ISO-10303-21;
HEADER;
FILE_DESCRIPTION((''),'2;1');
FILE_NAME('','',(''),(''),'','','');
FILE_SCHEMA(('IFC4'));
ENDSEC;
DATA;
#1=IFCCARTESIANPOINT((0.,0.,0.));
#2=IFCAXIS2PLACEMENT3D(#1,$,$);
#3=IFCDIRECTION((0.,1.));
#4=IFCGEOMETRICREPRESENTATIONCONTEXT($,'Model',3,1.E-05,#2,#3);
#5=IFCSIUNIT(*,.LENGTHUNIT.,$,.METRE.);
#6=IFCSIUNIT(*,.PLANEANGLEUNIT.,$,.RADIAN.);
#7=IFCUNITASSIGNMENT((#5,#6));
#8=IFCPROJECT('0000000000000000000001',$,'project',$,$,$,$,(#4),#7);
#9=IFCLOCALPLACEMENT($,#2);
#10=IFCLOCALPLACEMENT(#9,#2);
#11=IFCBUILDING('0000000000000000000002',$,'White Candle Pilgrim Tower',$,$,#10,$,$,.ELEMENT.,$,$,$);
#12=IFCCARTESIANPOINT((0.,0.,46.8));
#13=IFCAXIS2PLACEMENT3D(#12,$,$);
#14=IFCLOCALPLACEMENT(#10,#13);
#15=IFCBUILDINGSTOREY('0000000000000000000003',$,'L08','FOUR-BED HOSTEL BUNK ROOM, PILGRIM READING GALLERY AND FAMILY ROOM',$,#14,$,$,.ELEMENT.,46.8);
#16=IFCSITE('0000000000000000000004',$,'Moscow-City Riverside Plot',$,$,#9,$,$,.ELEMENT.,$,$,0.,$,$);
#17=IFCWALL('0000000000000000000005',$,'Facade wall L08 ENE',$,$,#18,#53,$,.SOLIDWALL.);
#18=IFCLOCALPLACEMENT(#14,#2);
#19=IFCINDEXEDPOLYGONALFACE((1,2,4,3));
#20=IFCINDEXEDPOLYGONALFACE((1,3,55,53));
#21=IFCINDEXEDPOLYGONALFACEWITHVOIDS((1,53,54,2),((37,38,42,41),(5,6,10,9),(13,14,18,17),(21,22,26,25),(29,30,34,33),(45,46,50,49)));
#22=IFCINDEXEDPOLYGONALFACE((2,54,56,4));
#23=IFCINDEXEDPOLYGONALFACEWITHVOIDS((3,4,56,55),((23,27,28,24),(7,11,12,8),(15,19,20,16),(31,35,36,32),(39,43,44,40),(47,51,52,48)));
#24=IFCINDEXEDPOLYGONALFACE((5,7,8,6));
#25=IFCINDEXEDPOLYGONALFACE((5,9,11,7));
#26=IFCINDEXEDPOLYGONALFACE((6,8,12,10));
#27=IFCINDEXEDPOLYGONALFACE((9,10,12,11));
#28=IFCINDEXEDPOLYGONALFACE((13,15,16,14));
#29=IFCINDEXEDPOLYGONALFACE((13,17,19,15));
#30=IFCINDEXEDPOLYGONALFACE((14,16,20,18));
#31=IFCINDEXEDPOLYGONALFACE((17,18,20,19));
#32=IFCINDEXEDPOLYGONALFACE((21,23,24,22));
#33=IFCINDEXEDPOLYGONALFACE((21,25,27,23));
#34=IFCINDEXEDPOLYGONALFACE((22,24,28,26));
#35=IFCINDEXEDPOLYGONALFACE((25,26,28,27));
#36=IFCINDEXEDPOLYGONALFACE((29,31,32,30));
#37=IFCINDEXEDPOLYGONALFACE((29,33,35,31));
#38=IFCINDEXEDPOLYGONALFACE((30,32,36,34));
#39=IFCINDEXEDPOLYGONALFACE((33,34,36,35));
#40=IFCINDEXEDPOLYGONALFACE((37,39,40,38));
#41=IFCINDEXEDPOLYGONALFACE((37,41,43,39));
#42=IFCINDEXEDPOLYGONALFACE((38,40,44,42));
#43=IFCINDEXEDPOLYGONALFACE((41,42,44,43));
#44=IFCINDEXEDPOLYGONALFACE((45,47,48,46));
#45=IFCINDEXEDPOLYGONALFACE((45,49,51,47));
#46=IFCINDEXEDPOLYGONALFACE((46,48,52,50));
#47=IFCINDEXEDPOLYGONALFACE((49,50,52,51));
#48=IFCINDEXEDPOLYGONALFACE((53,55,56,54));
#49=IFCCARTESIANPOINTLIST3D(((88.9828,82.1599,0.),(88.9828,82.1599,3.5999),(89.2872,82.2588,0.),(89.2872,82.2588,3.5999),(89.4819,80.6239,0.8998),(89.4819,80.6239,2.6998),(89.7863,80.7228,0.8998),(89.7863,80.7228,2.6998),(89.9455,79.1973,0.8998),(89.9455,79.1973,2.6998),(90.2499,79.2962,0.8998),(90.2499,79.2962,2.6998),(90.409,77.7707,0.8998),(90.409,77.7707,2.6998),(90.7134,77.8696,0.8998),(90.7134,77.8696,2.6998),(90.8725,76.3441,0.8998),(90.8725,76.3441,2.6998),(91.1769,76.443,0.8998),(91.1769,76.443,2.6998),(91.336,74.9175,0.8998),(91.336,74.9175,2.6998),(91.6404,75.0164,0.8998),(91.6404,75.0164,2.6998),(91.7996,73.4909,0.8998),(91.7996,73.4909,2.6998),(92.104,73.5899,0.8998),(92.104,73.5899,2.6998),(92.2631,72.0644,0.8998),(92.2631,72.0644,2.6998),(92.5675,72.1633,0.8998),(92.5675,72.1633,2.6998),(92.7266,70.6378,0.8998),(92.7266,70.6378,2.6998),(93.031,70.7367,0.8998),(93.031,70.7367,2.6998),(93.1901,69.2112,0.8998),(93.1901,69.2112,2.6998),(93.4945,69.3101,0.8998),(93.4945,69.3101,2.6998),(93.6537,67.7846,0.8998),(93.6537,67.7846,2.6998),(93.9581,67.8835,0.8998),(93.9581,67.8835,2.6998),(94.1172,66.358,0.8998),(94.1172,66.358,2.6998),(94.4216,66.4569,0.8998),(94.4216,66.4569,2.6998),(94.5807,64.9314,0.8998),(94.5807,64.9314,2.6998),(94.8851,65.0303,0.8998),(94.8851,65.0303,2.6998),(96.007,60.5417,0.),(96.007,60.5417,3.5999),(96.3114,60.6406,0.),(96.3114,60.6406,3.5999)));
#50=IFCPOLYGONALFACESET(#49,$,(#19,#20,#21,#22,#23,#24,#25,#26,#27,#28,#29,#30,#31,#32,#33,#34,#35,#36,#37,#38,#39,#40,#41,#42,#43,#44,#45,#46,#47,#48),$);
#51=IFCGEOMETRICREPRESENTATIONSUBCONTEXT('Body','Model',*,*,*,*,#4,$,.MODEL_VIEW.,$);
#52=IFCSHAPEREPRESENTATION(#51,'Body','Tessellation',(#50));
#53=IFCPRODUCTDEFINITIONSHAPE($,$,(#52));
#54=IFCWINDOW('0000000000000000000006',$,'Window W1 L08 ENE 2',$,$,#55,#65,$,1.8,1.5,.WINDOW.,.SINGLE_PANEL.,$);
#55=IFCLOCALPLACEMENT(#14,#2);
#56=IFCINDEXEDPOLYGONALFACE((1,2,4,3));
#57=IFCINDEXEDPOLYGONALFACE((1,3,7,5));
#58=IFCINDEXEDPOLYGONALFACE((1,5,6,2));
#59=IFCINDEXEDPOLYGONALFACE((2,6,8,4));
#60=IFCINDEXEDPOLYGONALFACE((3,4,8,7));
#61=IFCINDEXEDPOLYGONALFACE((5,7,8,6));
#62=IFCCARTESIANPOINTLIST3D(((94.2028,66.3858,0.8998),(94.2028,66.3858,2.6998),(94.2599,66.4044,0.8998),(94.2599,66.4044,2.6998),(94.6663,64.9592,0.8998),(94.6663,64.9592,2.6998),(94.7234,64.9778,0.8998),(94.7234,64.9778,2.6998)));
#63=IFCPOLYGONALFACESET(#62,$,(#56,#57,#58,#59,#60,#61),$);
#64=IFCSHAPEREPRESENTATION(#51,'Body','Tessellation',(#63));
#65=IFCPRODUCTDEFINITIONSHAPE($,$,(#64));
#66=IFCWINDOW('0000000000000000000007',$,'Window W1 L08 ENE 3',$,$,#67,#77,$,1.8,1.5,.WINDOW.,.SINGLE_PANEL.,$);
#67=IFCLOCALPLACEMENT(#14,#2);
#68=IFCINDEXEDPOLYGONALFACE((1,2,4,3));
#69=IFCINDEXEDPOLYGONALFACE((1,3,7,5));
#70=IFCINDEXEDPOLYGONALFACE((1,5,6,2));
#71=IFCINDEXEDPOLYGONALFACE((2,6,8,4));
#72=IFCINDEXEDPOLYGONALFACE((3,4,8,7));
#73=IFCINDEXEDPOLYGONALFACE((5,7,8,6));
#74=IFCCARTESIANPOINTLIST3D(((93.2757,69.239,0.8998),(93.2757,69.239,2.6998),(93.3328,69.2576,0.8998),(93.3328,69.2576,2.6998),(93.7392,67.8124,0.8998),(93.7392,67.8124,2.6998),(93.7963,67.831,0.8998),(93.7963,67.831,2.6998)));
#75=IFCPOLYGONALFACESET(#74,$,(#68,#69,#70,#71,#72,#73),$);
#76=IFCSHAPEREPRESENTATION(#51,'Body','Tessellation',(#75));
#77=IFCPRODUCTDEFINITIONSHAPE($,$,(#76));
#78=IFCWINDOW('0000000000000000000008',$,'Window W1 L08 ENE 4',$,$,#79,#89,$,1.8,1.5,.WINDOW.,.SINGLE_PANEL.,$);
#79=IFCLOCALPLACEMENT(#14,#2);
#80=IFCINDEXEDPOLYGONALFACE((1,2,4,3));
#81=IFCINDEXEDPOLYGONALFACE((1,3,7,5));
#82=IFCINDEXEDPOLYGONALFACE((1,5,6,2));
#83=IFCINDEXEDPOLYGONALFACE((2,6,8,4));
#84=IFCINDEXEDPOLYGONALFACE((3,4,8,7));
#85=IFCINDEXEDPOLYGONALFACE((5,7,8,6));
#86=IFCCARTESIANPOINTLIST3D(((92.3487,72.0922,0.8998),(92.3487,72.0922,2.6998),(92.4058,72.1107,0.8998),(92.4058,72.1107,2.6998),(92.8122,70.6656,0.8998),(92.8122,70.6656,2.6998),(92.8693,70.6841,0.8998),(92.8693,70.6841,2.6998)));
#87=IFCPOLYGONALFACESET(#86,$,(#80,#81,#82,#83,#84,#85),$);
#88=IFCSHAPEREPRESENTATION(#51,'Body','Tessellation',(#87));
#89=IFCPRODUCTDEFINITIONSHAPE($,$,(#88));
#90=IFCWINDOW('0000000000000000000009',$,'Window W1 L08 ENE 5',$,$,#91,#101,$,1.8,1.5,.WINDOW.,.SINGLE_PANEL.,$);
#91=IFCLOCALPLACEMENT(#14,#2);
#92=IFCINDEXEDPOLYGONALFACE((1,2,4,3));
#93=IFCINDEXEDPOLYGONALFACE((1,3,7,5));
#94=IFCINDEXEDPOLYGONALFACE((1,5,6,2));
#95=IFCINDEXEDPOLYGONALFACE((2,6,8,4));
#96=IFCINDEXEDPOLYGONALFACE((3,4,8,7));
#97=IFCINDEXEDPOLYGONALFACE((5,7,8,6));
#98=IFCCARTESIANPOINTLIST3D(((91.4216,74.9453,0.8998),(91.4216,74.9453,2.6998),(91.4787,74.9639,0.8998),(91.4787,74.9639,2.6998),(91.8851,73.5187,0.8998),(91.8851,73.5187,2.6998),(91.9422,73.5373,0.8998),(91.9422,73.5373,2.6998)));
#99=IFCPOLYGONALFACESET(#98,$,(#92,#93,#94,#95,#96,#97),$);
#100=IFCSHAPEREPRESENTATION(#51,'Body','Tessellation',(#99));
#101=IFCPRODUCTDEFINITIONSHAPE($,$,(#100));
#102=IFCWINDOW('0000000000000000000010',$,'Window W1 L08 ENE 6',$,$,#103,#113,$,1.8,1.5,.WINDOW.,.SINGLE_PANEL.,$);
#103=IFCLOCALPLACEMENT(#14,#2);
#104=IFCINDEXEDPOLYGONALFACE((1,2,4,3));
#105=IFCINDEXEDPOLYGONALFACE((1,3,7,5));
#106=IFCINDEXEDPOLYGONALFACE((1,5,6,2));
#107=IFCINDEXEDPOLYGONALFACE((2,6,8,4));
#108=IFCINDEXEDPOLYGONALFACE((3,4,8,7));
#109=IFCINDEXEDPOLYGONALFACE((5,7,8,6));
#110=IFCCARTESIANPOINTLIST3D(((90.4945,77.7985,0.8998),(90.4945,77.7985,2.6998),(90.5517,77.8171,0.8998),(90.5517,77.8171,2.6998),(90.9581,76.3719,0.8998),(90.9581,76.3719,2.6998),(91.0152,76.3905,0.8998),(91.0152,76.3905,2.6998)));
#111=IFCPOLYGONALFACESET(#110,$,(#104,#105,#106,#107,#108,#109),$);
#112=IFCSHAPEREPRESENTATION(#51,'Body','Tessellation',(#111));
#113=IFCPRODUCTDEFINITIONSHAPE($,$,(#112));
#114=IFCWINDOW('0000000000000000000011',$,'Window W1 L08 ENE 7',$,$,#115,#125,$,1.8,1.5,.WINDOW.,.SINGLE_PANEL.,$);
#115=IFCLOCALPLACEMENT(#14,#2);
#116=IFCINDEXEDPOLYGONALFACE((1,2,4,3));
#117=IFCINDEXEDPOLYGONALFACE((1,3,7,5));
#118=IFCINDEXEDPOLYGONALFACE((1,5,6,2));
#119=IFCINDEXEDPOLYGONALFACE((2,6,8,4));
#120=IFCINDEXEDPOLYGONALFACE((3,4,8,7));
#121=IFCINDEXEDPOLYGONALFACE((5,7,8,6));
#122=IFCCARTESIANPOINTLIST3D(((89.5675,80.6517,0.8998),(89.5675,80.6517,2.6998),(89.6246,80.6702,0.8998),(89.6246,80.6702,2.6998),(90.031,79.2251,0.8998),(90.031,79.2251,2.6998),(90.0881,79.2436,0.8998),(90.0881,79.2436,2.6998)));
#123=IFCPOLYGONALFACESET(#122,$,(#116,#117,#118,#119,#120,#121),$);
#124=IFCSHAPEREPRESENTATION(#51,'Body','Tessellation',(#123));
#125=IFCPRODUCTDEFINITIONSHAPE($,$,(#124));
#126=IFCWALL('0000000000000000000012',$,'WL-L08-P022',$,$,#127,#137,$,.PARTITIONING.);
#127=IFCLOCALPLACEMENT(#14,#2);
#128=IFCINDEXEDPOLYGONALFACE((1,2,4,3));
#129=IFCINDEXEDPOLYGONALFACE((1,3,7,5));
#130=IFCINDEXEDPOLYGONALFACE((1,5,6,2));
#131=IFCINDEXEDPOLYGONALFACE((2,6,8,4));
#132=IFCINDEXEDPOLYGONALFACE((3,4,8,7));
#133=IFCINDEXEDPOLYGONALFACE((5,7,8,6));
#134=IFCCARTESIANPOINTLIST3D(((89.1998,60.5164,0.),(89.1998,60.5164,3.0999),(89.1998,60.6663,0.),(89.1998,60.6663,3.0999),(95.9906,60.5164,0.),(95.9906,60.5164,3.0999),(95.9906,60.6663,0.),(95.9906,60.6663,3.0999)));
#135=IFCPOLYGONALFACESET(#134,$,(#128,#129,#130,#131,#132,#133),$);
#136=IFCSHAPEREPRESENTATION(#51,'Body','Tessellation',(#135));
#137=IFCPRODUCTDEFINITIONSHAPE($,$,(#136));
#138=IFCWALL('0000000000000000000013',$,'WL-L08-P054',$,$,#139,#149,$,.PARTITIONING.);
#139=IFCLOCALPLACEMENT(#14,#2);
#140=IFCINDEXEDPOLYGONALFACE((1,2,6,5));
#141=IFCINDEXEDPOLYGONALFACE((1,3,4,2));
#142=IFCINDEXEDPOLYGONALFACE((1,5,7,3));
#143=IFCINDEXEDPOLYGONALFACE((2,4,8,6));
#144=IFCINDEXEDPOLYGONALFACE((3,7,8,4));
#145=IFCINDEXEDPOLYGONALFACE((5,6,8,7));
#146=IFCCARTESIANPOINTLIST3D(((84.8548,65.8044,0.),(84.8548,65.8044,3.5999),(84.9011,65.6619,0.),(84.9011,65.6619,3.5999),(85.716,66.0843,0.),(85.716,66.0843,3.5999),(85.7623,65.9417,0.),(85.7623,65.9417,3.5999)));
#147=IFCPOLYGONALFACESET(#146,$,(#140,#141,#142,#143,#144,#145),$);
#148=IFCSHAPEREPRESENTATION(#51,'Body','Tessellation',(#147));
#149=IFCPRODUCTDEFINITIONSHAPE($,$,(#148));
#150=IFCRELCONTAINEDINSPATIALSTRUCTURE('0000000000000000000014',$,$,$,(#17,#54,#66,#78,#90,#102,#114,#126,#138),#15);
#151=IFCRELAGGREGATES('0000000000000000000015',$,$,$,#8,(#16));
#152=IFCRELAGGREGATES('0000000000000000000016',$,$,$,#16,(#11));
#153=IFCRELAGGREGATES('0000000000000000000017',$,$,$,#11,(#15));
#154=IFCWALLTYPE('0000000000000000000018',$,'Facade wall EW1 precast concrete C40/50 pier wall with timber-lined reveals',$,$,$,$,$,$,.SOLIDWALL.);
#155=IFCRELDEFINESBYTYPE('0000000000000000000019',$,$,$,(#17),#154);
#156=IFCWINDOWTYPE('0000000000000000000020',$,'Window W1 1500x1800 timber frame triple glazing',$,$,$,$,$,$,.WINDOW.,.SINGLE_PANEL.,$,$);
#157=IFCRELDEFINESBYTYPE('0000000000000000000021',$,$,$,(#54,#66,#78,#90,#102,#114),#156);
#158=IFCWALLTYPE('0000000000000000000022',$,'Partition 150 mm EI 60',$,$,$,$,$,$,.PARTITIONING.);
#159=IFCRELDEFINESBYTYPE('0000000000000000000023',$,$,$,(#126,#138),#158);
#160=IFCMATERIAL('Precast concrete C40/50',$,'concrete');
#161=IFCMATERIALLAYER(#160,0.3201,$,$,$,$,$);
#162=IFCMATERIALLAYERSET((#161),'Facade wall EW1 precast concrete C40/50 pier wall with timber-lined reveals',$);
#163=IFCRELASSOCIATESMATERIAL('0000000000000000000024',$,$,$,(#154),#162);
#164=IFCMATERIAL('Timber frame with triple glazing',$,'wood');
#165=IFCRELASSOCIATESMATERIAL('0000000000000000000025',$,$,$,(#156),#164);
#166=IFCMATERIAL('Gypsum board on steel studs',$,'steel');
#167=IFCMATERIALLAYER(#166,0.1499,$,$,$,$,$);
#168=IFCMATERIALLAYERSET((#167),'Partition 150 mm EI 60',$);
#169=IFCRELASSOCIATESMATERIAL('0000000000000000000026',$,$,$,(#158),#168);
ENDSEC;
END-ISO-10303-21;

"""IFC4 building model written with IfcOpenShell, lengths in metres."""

from ifc_helpers import new_model, si_unit, direction, frame, frame_2d, origin, place, context, subcontext, project, spatial, rectangle, extrude, material, layer, layer_set, type_object, element, fill, save


model = new_model("IFC4")

# Units and contexts
model_context = context("Model", 3, precision=1e-05, world=origin(), true_north=direction((0.0, 1.0)))
body_context = subcontext(model_context, "Body", "Model", "MODEL_VIEW")
ifc_project = project(units=[si_unit("LENGTHUNIT", "METRE"), si_unit("PLANEANGLEUNIT", "RADIAN")], contexts=[model_context])

# Site, building, storey
site_placement = place(None, origin())
site = spatial("IfcSite", under=ifc_project, at=site_placement, Name="Moscow-City Riverside Plot", CompositionType="ELEMENT", RefElevation=0.0)
building_placement = place(site_placement, origin())
building = spatial("IfcBuilding", under=site, at=building_placement, Name="White Candle Pilgrim Tower", CompositionType="ELEMENT")
storey_placement = place(building_placement, frame((0.0, 0.0, 46.8)))
storey = spatial("IfcBuildingStorey", under=building, at=storey_placement, Name="L08", Description="FOUR-BED HOSTEL BUNK ROOM, PILGRIM READING GALLERY AND FAMILY ROOM", CompositionType="ELEMENT", Elevation=46.8)

# Shared definitions
ifc_material_1 = material(Name="Gypsum board on steel studs", Category="steel")

# Wall, openings, windows
ifc_material_2 = material(Name="Precast concrete C40/50", Category="concrete")
ifc_layer_1 = layer(ifc_material_2, 0.3201)
ifc_layer_set_1 = layer_set([ifc_layer_1], Name="Facade wall EW1 precast concrete C40/50 pier wall with timber-lined reveals")
wall_type_1 = type_object("IfcWallType", Name="Facade wall EW1 precast concrete C40/50 pier wall with timber-lined reveals", PredefinedType="SOLIDWALL", material=ifc_layer_set_1)
wall_1_placement = place(storey_placement, frame((96.1592, 60.5913, 0.0), z_axis=(0.0, 0.0, 1.0), x_axis=(-0.309017, 0.951056, 0.0)))
wall_1 = element("IfcWall", 1, at=wall_1_placement, inside=storey, type_object=wall_type_1, Name="Facade wall L08 ENE", PredefinedType="SOLIDWALL", context=body_context, shape_type="SweptSolid", body=[
    extrude(rectangle(XDim=22.7307, YDim=0.3201, at=frame_2d((11.3652, 0.0))), origin(), (0.0, 0.0, 1.0), 3.5999),
])
opening_1_placement = place(wall_1_placement, frame((4.6155, 0.0, 0.8999)))
opening_1 = element("IfcOpeningElement", 2, at=opening_1_placement, cuts=wall_1, PredefinedType="OPENING", context=body_context, shape_type="SweptSolid", body=[
    extrude(rectangle(XDim=1.5, YDim=1.8, at=frame_2d((0.75, 0.8999))), frame((0.0, 0.1699, 0.0), z_axis=(0.0, -1.0, 0.0), x_axis=(1.0, 0.0, 0.0)), (0.0, 0.0, 1.0), 0.3401),
])
opening_2_placement = place(wall_1_placement, frame((7.6155, 0.0, 0.8999)))
opening_2 = element("IfcOpeningElement", 3, at=opening_2_placement, cuts=wall_1, PredefinedType="OPENING", context=body_context, shape_type="SweptSolid", body=[
    extrude(rectangle(XDim=1.5, YDim=1.8, at=frame_2d((0.75, 0.8999))), frame((0.0, 0.1699, 0.0), z_axis=(0.0, -1.0, 0.0), x_axis=(1.0, 0.0, 0.0)), (0.0, 0.0, 1.0), 0.3401),
])
opening_3_placement = place(wall_1_placement, frame((10.6155, 0.0, 0.8999)))
opening_3 = element("IfcOpeningElement", 4, at=opening_3_placement, cuts=wall_1, PredefinedType="OPENING", context=body_context, shape_type="SweptSolid", body=[
    extrude(rectangle(XDim=1.5, YDim=1.8, at=frame_2d((0.75, 0.8999))), frame((0.0, 0.1699, 0.0), z_axis=(0.0, -1.0, 0.0), x_axis=(1.0, 0.0, 0.0)), (0.0, 0.0, 1.0), 0.3401),
])
opening_4_placement = place(wall_1_placement, frame((13.6155, 0.0, 0.8999)))
opening_4 = element("IfcOpeningElement", 5, at=opening_4_placement, cuts=wall_1, PredefinedType="OPENING", context=body_context, shape_type="SweptSolid", body=[
    extrude(rectangle(XDim=1.5, YDim=1.8, at=frame_2d((0.75, 0.8999))), frame((0.0, 0.1699, 0.0), z_axis=(0.0, -1.0, 0.0), x_axis=(1.0, 0.0, 0.0)), (0.0, 0.0, 1.0), 0.3401),
])
opening_5_placement = place(wall_1_placement, frame((16.6155, 0.0, 0.8999)))
opening_5 = element("IfcOpeningElement", 6, at=opening_5_placement, cuts=wall_1, PredefinedType="OPENING", context=body_context, shape_type="SweptSolid", body=[
    extrude(rectangle(XDim=1.5, YDim=1.8, at=frame_2d((0.75, 0.8999))), frame((0.0, 0.1699, 0.0), z_axis=(0.0, -1.0, 0.0), x_axis=(1.0, 0.0, 0.0)), (0.0, 0.0, 1.0), 0.3401),
])
opening_6_placement = place(wall_1_placement, frame((19.6155, 0.0, 0.8999)))
opening_6 = element("IfcOpeningElement", 7, at=opening_6_placement, cuts=wall_1, PredefinedType="OPENING", context=body_context, shape_type="SweptSolid", body=[
    extrude(rectangle(XDim=1.5, YDim=1.8, at=frame_2d((0.75, 0.8999))), frame((0.0, 0.1699, 0.0), z_axis=(0.0, -1.0, 0.0), x_axis=(1.0, 0.0, 0.0)), (0.0, 0.0, 1.0), 0.3401),
])
ifc_material_3 = material(Name="Timber frame with triple glazing", Category="wood")
window_type = type_object("IfcWindowType", Name="Window W1 1500x1800 timber frame triple glazing", PartitioningType="SINGLE_PANEL", PredefinedType="WINDOW", material=ifc_material_3)
window_1_placement = place(opening_1_placement, origin())
window_1 = element("IfcWindow", 8, at=window_1_placement, inside=storey, type_object=window_type, Name="Window W1 L08 ENE 2", OverallHeight=1.8, OverallWidth=1.5, PartitioningType="SINGLE_PANEL", PredefinedType="WINDOW", context=body_context, shape_type="SweptSolid", body=[
    extrude(rectangle(XDim=1.5, YDim=1.8, at=frame_2d((0.75, 0.8999))), frame((0.0, 0.0701, 0.0), z_axis=(0.0, -1.0, 0.0), x_axis=(1.0, 0.0, 0.0)), (0.0, 0.0, 1.0), 0.0601),
])
fill(opening_1, window_1)
window_2_placement = place(opening_2_placement, origin())
window_2 = element("IfcWindow", 9, at=window_2_placement, inside=storey, type_object=window_type, Name="Window W1 L08 ENE 3", OverallHeight=1.8, OverallWidth=1.5, PartitioningType="SINGLE_PANEL", PredefinedType="WINDOW", context=body_context, shape_type="SweptSolid", body=[
    extrude(rectangle(XDim=1.5, YDim=1.8, at=frame_2d((0.75, 0.8999))), frame((0.0, 0.0701, 0.0), z_axis=(0.0, -1.0, 0.0), x_axis=(1.0, 0.0, 0.0)), (0.0, 0.0, 1.0), 0.0601),
])
fill(opening_2, window_2)
window_3_placement = place(opening_3_placement, origin())
window_3 = element("IfcWindow", 10, at=window_3_placement, inside=storey, type_object=window_type, Name="Window W1 L08 ENE 4", OverallHeight=1.8, OverallWidth=1.5, PartitioningType="SINGLE_PANEL", PredefinedType="WINDOW", context=body_context, shape_type="SweptSolid", body=[
    extrude(rectangle(XDim=1.5, YDim=1.8, at=frame_2d((0.75, 0.8999))), frame((0.0, 0.0701, 0.0), z_axis=(0.0, -1.0, 0.0), x_axis=(1.0, 0.0, 0.0)), (0.0, 0.0, 1.0), 0.0601),
])
fill(opening_3, window_3)
window_4_placement = place(opening_4_placement, origin())
window_4 = element("IfcWindow", 11, at=window_4_placement, inside=storey, type_object=window_type, Name="Window W1 L08 ENE 5", OverallHeight=1.8, OverallWidth=1.5, PartitioningType="SINGLE_PANEL", PredefinedType="WINDOW", context=body_context, shape_type="SweptSolid", body=[
    extrude(rectangle(XDim=1.5, YDim=1.8, at=frame_2d((0.75, 0.8999))), frame((0.0, 0.0701, 0.0), z_axis=(0.0, -1.0, 0.0), x_axis=(1.0, 0.0, 0.0)), (0.0, 0.0, 1.0), 0.0601),
])
fill(opening_4, window_4)
window_5_placement = place(opening_5_placement, origin())
window_5 = element("IfcWindow", 12, at=window_5_placement, inside=storey, type_object=window_type, Name="Window W1 L08 ENE 6", OverallHeight=1.8, OverallWidth=1.5, PartitioningType="SINGLE_PANEL", PredefinedType="WINDOW", context=body_context, shape_type="SweptSolid", body=[
    extrude(rectangle(XDim=1.5, YDim=1.8, at=frame_2d((0.75, 0.8999))), frame((0.0, 0.0701, 0.0), z_axis=(0.0, -1.0, 0.0), x_axis=(1.0, 0.0, 0.0)), (0.0, 0.0, 1.0), 0.0601),
])
fill(opening_5, window_5)
window_6_placement = place(opening_6_placement, origin())
window_6 = element("IfcWindow", 13, at=window_6_placement, inside=storey, type_object=window_type, Name="Window W1 L08 ENE 7", OverallHeight=1.8, OverallWidth=1.5, PartitioningType="SINGLE_PANEL", PredefinedType="WINDOW", context=body_context, shape_type="SweptSolid", body=[
    extrude(rectangle(XDim=1.5, YDim=1.8, at=frame_2d((0.75, 0.8999))), frame((0.0, 0.0701, 0.0), z_axis=(0.0, -1.0, 0.0), x_axis=(1.0, 0.0, 0.0)), (0.0, 0.0, 1.0), 0.0601),
])
fill(opening_6, window_6)

# Walls
ifc_layer_2 = layer(ifc_material_1, 0.1499)
ifc_layer_set_2 = layer_set([ifc_layer_2], Name="Partition 150 mm EI 60")
wall_type_2 = type_object("IfcWallType", Name="Partition 150 mm EI 60", PredefinedType="PARTITIONING", material=ifc_layer_set_2)
wall_2_placement = place(storey_placement, frame((95.9907, 60.5913, 0.0), z_axis=(0.0, 0.0, 1.0), x_axis=(-1.0, 0.0, 0.0)))
element("IfcWall", 14, at=wall_2_placement, inside=storey, type_object=wall_type_2, Name="WL-L08-P022", PredefinedType="PARTITIONING", context=body_context, shape_type="SweptSolid", body=[
    extrude(rectangle(XDim=6.7908, YDim=0.1499, at=frame_2d((3.3955, 0.0))), origin(), (0.0, 0.0, 1.0), 3.0999),
])
wall_3_placement = place(storey_placement, frame((85.739, 66.0129, 0.0), z_axis=(0.0, 0.0, 1.0), x_axis=(-0.951056, -0.309019, 0.0)))
element("IfcWall", 15, at=wall_3_placement, inside=storey, type_object=wall_type_2, Name="WL-L08-P054", PredefinedType="PARTITIONING", context=body_context, shape_type="SweptSolid", body=[
    extrude(rectangle(XDim=0.9055, YDim=0.1499, at=frame_2d((0.4526, 0.0))), origin(), (0.0, 0.0, 1.0), 3.5999),
])

save(model, "model.ifc")
